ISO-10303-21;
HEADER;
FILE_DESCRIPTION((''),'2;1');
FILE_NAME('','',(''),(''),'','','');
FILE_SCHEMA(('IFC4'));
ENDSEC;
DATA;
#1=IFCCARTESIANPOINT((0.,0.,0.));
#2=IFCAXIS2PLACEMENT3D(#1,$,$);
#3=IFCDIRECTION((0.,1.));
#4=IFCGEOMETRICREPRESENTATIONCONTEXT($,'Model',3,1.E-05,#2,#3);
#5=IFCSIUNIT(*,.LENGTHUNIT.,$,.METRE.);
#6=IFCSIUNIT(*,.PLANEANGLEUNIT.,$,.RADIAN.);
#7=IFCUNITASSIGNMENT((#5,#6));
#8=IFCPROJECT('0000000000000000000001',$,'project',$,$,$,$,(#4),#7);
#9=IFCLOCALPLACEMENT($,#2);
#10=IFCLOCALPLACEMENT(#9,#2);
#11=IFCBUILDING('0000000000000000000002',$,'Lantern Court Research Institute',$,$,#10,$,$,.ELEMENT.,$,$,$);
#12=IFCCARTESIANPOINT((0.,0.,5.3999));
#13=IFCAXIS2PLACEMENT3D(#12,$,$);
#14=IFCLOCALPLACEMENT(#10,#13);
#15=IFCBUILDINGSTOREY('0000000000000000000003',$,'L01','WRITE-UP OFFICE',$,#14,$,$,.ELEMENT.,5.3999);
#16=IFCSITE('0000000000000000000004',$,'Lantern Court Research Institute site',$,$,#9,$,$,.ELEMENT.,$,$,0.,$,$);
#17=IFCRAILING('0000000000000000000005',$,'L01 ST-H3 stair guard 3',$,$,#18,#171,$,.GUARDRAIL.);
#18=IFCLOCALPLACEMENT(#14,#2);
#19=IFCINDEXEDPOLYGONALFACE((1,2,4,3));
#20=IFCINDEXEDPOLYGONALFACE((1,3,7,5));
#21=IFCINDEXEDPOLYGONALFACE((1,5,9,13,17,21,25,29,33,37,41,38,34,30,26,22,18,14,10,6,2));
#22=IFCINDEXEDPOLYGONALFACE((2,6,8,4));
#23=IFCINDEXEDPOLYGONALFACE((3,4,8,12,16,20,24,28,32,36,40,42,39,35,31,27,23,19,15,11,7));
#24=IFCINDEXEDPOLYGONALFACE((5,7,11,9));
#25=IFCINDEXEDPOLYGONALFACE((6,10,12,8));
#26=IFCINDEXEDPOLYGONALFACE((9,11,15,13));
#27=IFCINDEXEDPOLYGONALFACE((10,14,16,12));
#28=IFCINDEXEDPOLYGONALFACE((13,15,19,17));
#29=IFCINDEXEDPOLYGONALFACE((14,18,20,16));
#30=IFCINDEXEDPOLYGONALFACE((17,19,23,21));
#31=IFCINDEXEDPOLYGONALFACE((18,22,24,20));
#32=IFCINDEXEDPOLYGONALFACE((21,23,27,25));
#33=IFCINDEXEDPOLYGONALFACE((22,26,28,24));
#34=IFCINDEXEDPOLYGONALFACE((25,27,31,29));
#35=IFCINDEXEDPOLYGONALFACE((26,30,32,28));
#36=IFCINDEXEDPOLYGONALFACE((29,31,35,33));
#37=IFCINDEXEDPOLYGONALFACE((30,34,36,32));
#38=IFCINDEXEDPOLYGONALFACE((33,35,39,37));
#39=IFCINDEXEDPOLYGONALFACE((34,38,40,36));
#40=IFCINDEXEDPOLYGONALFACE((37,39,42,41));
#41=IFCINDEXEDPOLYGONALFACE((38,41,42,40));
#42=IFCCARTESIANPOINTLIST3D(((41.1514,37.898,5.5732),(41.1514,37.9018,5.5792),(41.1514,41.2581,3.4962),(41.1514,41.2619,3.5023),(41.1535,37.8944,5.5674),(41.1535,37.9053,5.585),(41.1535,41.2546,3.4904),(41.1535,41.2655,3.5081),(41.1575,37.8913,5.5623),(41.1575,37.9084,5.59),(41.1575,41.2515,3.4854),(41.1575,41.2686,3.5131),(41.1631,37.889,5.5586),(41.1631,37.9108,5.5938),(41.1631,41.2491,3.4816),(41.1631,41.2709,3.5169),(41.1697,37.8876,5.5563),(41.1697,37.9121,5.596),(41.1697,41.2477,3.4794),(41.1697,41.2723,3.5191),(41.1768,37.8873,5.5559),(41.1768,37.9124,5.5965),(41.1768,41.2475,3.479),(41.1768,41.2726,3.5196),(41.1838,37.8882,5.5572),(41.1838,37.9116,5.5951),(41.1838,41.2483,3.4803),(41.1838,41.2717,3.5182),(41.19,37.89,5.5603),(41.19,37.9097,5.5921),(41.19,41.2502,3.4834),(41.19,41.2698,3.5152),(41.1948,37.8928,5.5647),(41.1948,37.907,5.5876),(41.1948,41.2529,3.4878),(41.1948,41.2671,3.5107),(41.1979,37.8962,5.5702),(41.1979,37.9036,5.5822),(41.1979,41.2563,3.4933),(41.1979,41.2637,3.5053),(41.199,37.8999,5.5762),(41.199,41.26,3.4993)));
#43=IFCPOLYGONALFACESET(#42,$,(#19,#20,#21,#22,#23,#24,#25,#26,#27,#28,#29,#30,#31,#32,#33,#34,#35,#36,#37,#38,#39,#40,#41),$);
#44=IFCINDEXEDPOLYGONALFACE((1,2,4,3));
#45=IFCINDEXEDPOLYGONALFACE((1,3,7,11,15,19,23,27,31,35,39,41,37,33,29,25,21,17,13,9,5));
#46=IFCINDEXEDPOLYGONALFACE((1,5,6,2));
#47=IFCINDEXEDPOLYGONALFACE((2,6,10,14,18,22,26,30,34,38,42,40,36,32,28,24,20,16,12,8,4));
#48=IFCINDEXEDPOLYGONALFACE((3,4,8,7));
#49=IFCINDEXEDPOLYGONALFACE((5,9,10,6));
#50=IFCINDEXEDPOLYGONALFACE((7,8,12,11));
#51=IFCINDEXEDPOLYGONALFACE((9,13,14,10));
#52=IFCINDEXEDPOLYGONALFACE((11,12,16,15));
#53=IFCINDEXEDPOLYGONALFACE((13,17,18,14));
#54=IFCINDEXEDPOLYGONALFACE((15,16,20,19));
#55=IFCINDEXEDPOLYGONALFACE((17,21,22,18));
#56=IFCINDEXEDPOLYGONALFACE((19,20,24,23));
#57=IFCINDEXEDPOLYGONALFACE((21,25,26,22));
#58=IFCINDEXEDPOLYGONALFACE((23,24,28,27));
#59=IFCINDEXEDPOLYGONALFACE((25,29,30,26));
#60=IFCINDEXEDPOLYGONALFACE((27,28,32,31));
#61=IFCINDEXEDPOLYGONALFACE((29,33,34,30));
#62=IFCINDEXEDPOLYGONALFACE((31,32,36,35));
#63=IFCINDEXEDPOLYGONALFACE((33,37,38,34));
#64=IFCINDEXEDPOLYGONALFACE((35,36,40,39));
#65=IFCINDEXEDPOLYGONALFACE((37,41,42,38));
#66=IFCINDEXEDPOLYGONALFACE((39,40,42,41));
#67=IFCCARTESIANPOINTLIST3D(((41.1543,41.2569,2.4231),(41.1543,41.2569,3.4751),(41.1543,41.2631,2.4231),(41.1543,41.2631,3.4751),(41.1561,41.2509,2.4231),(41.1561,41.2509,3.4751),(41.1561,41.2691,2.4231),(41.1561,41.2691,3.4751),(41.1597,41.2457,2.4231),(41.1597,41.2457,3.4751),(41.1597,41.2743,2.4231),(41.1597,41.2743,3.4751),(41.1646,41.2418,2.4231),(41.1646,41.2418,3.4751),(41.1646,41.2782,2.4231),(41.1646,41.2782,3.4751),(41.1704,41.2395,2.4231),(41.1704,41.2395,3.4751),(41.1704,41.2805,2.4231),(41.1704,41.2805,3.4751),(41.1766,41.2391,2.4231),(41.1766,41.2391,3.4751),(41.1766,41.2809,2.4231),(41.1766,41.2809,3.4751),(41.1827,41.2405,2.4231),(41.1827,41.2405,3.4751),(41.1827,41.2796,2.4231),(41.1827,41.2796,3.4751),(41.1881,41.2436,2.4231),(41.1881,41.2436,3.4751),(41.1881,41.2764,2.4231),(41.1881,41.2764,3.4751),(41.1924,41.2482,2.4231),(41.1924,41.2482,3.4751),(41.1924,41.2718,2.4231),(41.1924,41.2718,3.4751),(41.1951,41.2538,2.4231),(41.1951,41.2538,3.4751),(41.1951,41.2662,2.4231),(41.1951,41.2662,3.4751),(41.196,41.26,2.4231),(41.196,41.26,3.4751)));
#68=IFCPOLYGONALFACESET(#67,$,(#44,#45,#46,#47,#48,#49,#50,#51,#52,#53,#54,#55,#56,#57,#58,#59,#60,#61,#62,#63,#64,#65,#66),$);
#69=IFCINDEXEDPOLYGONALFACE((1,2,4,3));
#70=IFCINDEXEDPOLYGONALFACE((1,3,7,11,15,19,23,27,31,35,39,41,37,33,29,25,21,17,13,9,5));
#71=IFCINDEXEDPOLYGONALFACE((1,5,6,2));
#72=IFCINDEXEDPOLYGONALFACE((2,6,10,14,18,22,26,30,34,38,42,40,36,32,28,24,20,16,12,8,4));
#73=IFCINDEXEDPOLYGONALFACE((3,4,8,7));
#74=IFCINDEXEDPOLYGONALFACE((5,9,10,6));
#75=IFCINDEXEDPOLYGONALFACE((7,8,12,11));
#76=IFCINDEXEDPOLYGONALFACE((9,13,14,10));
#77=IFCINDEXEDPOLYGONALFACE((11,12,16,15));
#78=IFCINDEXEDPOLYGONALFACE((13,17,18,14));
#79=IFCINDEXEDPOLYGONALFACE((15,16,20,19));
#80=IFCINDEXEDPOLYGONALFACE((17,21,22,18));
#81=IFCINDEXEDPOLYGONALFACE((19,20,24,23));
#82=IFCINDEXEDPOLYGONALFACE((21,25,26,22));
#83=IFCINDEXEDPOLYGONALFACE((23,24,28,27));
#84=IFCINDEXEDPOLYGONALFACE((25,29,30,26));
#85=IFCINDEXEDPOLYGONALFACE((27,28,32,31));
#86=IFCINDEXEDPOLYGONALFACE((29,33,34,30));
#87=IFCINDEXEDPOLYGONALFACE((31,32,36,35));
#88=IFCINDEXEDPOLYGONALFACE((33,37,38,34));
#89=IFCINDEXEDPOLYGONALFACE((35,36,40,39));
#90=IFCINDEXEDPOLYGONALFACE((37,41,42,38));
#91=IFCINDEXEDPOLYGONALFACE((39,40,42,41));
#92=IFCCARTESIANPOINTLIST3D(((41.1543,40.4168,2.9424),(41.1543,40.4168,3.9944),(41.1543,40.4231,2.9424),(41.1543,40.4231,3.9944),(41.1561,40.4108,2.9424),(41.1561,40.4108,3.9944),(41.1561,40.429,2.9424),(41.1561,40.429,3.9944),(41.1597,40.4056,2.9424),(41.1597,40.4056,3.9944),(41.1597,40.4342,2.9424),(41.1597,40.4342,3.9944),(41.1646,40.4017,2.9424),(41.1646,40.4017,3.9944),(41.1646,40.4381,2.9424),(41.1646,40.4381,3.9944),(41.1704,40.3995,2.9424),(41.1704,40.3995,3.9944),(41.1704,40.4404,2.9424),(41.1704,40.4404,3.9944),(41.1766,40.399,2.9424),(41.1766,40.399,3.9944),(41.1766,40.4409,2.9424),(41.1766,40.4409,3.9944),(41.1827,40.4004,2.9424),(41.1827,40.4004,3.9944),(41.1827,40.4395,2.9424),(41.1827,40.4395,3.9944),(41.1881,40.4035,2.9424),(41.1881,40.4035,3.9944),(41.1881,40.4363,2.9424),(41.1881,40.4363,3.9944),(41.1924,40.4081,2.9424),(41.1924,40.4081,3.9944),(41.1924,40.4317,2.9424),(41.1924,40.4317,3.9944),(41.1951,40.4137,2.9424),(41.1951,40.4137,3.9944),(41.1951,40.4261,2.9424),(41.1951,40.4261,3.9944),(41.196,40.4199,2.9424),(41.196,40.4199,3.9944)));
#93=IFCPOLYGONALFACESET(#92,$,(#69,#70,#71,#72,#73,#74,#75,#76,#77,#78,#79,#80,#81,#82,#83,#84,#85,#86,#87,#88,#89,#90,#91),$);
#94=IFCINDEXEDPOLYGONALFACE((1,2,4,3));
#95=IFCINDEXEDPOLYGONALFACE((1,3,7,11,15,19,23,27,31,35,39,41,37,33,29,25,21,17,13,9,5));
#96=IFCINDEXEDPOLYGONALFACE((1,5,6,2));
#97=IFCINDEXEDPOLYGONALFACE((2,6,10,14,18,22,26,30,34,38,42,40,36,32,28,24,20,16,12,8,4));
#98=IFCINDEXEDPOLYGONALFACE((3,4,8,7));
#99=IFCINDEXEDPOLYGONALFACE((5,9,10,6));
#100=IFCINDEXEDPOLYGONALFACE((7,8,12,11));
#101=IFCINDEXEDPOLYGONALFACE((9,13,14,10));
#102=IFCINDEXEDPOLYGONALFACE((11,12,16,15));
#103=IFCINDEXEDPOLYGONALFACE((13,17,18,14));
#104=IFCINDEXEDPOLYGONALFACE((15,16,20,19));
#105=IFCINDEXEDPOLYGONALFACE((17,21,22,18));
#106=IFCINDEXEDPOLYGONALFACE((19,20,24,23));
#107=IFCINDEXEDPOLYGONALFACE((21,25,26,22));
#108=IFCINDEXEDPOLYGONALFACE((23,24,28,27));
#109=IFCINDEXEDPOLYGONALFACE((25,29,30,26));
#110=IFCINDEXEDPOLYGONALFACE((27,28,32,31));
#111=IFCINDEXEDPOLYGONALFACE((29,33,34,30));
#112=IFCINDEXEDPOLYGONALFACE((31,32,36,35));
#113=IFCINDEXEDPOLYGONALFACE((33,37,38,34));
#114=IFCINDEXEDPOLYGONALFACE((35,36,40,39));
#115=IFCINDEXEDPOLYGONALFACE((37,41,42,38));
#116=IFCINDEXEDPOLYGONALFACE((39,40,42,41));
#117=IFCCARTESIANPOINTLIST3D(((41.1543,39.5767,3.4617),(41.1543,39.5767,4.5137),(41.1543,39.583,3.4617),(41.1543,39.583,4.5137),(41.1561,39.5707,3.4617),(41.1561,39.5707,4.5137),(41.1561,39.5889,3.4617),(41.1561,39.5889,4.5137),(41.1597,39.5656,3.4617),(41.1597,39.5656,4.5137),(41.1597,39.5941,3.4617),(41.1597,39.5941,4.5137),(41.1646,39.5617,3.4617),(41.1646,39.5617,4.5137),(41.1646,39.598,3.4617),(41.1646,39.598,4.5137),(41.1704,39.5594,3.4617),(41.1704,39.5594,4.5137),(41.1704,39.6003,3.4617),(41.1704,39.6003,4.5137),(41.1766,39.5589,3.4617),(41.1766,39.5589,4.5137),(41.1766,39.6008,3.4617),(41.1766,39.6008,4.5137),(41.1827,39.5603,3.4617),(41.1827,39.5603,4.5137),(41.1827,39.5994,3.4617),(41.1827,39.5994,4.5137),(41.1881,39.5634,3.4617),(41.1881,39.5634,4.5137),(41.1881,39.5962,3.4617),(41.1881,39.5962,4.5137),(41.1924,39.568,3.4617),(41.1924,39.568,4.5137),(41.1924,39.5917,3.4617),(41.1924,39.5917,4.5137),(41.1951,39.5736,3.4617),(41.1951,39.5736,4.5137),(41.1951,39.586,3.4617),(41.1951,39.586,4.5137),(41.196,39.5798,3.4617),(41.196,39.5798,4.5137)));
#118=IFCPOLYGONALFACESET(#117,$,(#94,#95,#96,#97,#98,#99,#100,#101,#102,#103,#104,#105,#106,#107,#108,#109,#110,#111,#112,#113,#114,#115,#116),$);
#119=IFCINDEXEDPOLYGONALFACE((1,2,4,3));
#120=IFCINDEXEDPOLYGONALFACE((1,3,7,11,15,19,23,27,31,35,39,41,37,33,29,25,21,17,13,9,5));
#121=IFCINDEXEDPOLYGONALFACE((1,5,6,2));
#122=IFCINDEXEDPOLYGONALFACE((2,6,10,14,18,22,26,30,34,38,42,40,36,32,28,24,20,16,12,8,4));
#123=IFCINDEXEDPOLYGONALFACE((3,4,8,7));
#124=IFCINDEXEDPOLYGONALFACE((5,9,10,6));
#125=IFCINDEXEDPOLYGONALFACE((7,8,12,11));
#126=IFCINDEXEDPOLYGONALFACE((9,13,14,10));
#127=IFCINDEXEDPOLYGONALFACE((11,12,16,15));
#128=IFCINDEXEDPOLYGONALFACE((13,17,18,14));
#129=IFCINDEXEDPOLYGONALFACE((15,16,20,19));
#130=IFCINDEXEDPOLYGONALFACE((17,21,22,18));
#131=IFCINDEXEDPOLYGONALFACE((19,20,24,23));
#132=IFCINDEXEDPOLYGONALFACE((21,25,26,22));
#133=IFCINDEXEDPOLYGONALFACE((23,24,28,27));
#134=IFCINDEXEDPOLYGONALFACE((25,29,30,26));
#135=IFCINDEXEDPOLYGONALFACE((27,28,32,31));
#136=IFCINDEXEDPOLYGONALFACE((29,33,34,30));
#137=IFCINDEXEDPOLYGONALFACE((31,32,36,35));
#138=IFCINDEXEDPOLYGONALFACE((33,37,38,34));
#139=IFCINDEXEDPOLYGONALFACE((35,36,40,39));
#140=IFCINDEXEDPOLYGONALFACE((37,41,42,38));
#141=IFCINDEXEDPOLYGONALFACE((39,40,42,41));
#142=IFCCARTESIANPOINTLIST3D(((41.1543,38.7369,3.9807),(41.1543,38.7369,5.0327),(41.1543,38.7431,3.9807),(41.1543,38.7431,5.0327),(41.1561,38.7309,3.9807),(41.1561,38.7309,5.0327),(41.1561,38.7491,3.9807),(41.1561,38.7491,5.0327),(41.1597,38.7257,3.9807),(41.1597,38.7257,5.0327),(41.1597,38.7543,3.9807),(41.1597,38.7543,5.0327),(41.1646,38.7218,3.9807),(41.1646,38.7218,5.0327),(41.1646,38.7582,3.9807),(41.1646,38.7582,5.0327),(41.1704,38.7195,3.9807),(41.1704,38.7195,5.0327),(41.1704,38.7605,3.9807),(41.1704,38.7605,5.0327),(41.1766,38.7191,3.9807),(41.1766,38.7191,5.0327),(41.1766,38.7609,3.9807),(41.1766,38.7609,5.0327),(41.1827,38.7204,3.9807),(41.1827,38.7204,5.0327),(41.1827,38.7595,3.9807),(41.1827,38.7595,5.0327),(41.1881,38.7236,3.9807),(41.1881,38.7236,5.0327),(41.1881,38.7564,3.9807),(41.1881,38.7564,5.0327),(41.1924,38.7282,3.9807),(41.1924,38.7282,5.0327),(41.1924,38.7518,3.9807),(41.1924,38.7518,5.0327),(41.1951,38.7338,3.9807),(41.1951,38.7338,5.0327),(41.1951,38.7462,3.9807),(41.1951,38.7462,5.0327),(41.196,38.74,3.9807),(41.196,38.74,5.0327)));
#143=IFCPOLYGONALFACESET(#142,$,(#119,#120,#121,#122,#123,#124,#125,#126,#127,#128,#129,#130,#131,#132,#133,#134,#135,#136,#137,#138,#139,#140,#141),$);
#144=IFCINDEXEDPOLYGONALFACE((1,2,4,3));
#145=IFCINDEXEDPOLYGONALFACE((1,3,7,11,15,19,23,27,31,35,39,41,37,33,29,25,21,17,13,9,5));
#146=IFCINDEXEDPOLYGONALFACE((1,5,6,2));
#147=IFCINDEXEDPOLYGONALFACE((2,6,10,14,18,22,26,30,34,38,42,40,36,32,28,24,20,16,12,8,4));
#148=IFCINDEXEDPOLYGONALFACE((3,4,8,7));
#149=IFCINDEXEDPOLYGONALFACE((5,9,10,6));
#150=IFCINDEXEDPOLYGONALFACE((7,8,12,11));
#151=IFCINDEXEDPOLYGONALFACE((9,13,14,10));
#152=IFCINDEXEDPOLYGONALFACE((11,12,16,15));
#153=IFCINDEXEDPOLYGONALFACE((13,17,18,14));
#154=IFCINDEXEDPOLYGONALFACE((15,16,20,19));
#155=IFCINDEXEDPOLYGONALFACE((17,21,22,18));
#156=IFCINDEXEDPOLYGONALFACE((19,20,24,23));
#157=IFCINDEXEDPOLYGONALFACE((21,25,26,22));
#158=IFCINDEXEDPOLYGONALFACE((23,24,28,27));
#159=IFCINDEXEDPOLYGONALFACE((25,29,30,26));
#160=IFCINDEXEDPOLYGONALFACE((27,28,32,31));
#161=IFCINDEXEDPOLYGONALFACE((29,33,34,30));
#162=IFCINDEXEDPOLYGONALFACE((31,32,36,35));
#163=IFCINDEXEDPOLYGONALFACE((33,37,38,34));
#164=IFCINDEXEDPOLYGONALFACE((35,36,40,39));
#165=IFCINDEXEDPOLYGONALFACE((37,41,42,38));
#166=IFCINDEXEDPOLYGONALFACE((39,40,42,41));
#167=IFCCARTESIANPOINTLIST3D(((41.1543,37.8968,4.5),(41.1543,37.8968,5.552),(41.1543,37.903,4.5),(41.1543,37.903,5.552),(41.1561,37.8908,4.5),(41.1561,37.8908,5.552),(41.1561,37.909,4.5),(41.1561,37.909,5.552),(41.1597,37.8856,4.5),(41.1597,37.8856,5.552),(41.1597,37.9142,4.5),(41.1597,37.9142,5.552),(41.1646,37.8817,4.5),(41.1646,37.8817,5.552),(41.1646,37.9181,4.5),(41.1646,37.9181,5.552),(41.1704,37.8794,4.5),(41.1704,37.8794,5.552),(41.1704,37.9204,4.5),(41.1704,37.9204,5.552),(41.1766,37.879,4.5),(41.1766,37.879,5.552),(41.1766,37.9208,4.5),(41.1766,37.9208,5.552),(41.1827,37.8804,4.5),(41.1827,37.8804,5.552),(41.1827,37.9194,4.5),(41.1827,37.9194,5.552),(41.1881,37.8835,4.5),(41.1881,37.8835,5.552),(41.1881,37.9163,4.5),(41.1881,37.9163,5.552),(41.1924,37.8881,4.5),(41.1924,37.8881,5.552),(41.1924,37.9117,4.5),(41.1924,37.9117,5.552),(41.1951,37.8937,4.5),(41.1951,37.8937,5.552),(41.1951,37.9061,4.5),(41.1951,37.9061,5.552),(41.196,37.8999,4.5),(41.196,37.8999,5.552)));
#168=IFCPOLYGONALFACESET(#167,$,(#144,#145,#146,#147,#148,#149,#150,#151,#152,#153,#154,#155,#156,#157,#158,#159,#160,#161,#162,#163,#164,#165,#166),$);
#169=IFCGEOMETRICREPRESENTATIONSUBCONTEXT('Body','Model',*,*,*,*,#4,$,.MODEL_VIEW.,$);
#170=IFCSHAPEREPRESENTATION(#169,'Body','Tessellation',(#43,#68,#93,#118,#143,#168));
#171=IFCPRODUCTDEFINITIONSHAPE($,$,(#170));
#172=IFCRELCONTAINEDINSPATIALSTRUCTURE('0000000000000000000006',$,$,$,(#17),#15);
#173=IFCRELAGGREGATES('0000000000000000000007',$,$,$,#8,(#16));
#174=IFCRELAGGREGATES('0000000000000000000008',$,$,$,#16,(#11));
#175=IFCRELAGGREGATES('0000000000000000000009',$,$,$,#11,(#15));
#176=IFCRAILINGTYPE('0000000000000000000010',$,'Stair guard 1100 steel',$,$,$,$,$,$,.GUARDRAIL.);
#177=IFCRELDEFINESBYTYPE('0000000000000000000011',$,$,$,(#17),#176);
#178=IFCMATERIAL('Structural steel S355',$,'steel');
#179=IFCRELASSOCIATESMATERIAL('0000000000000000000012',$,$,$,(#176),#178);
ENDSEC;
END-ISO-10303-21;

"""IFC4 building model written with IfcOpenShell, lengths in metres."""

from ifc_helpers import new_model, si_unit, direction, frame, origin, origin_2d, place, context, subcontext, project, spatial, circle, extrude, material, type_object, element, save


model = new_model("IFC4")

# Units and contexts
model_context = context("Model", 3, precision=1e-05, world=origin(), true_north=direction((0.0, 1.0)))
body_context = subcontext(model_context, "Body", "Model", "MODEL_VIEW")
ifc_project = project(units=[si_unit("LENGTHUNIT", "METRE"), si_unit("PLANEANGLEUNIT", "RADIAN")], contexts=[model_context])

# Site, building, storey
site_placement = place(None, origin())
site = spatial("IfcSite", under=ifc_project, at=site_placement, Name="Lantern Court Research Institute site", CompositionType="ELEMENT", RefElevation=0.0)
building_placement = place(site_placement, origin())
building = spatial("IfcBuilding", under=site, at=building_placement, Name="Lantern Court Research Institute", CompositionType="ELEMENT")
storey_placement = place(building_placement, frame((0.0, 0.0, 5.3999)))
storey = spatial("IfcBuildingStorey", under=building, at=storey_placement, Name="L01", Description="WRITE-UP OFFICE", CompositionType="ELEMENT", Elevation=5.3999)

# Railing
ifc_material_1 = material(Name="Structural steel S355", Category="steel")
railing_type_1 = type_object("IfcRailingType", Name="Stair guard 1100 steel", PredefinedType="GUARDRAIL", material=ifc_material_1)
railing_1_placement = place(storey_placement, frame((41.175, 41.26, 2.4231)))
element("IfcRailing", 1, at=railing_1_placement, inside=storey, type_object=railing_type_1, Name="L01 ST-H3 stair guard 3", PredefinedType="GUARDRAIL", context=body_context, shape_type="SweptSolid", body=[
    extrude(circle(Radius=0.0239, at=origin_2d()), frame((0.0, 0.0, 1.0762), z_axis=(0.0, -0.850623, 0.525776), x_axis=(1.0, 0.0, 0.0)), (0.0, 0.0, 1.0), 3.9502),
    extrude(circle(Radius=0.021, at=origin_2d()), origin(), (0.0, 0.0, 1.0), 1.052),
    extrude(circle(Radius=0.021, at=origin_2d()), frame((0.0, -0.8401, 0.5193)), (0.0, 0.0, 1.0), 1.052),
    extrude(circle(Radius=0.021, at=origin_2d()), frame((0.0, -1.6802, 1.0386)), (0.0, 0.0, 1.0), 1.052),
    extrude(circle(Radius=0.021, at=origin_2d()), frame((0.0, -2.52, 1.5576)), (0.0, 0.0, 1.0), 1.052),
    extrude(circle(Radius=0.021, at=origin_2d()), frame((0.0, -3.3601, 2.0769)), (0.0, 0.0, 1.0), 1.052),
])

save(model, "model.ifc")
